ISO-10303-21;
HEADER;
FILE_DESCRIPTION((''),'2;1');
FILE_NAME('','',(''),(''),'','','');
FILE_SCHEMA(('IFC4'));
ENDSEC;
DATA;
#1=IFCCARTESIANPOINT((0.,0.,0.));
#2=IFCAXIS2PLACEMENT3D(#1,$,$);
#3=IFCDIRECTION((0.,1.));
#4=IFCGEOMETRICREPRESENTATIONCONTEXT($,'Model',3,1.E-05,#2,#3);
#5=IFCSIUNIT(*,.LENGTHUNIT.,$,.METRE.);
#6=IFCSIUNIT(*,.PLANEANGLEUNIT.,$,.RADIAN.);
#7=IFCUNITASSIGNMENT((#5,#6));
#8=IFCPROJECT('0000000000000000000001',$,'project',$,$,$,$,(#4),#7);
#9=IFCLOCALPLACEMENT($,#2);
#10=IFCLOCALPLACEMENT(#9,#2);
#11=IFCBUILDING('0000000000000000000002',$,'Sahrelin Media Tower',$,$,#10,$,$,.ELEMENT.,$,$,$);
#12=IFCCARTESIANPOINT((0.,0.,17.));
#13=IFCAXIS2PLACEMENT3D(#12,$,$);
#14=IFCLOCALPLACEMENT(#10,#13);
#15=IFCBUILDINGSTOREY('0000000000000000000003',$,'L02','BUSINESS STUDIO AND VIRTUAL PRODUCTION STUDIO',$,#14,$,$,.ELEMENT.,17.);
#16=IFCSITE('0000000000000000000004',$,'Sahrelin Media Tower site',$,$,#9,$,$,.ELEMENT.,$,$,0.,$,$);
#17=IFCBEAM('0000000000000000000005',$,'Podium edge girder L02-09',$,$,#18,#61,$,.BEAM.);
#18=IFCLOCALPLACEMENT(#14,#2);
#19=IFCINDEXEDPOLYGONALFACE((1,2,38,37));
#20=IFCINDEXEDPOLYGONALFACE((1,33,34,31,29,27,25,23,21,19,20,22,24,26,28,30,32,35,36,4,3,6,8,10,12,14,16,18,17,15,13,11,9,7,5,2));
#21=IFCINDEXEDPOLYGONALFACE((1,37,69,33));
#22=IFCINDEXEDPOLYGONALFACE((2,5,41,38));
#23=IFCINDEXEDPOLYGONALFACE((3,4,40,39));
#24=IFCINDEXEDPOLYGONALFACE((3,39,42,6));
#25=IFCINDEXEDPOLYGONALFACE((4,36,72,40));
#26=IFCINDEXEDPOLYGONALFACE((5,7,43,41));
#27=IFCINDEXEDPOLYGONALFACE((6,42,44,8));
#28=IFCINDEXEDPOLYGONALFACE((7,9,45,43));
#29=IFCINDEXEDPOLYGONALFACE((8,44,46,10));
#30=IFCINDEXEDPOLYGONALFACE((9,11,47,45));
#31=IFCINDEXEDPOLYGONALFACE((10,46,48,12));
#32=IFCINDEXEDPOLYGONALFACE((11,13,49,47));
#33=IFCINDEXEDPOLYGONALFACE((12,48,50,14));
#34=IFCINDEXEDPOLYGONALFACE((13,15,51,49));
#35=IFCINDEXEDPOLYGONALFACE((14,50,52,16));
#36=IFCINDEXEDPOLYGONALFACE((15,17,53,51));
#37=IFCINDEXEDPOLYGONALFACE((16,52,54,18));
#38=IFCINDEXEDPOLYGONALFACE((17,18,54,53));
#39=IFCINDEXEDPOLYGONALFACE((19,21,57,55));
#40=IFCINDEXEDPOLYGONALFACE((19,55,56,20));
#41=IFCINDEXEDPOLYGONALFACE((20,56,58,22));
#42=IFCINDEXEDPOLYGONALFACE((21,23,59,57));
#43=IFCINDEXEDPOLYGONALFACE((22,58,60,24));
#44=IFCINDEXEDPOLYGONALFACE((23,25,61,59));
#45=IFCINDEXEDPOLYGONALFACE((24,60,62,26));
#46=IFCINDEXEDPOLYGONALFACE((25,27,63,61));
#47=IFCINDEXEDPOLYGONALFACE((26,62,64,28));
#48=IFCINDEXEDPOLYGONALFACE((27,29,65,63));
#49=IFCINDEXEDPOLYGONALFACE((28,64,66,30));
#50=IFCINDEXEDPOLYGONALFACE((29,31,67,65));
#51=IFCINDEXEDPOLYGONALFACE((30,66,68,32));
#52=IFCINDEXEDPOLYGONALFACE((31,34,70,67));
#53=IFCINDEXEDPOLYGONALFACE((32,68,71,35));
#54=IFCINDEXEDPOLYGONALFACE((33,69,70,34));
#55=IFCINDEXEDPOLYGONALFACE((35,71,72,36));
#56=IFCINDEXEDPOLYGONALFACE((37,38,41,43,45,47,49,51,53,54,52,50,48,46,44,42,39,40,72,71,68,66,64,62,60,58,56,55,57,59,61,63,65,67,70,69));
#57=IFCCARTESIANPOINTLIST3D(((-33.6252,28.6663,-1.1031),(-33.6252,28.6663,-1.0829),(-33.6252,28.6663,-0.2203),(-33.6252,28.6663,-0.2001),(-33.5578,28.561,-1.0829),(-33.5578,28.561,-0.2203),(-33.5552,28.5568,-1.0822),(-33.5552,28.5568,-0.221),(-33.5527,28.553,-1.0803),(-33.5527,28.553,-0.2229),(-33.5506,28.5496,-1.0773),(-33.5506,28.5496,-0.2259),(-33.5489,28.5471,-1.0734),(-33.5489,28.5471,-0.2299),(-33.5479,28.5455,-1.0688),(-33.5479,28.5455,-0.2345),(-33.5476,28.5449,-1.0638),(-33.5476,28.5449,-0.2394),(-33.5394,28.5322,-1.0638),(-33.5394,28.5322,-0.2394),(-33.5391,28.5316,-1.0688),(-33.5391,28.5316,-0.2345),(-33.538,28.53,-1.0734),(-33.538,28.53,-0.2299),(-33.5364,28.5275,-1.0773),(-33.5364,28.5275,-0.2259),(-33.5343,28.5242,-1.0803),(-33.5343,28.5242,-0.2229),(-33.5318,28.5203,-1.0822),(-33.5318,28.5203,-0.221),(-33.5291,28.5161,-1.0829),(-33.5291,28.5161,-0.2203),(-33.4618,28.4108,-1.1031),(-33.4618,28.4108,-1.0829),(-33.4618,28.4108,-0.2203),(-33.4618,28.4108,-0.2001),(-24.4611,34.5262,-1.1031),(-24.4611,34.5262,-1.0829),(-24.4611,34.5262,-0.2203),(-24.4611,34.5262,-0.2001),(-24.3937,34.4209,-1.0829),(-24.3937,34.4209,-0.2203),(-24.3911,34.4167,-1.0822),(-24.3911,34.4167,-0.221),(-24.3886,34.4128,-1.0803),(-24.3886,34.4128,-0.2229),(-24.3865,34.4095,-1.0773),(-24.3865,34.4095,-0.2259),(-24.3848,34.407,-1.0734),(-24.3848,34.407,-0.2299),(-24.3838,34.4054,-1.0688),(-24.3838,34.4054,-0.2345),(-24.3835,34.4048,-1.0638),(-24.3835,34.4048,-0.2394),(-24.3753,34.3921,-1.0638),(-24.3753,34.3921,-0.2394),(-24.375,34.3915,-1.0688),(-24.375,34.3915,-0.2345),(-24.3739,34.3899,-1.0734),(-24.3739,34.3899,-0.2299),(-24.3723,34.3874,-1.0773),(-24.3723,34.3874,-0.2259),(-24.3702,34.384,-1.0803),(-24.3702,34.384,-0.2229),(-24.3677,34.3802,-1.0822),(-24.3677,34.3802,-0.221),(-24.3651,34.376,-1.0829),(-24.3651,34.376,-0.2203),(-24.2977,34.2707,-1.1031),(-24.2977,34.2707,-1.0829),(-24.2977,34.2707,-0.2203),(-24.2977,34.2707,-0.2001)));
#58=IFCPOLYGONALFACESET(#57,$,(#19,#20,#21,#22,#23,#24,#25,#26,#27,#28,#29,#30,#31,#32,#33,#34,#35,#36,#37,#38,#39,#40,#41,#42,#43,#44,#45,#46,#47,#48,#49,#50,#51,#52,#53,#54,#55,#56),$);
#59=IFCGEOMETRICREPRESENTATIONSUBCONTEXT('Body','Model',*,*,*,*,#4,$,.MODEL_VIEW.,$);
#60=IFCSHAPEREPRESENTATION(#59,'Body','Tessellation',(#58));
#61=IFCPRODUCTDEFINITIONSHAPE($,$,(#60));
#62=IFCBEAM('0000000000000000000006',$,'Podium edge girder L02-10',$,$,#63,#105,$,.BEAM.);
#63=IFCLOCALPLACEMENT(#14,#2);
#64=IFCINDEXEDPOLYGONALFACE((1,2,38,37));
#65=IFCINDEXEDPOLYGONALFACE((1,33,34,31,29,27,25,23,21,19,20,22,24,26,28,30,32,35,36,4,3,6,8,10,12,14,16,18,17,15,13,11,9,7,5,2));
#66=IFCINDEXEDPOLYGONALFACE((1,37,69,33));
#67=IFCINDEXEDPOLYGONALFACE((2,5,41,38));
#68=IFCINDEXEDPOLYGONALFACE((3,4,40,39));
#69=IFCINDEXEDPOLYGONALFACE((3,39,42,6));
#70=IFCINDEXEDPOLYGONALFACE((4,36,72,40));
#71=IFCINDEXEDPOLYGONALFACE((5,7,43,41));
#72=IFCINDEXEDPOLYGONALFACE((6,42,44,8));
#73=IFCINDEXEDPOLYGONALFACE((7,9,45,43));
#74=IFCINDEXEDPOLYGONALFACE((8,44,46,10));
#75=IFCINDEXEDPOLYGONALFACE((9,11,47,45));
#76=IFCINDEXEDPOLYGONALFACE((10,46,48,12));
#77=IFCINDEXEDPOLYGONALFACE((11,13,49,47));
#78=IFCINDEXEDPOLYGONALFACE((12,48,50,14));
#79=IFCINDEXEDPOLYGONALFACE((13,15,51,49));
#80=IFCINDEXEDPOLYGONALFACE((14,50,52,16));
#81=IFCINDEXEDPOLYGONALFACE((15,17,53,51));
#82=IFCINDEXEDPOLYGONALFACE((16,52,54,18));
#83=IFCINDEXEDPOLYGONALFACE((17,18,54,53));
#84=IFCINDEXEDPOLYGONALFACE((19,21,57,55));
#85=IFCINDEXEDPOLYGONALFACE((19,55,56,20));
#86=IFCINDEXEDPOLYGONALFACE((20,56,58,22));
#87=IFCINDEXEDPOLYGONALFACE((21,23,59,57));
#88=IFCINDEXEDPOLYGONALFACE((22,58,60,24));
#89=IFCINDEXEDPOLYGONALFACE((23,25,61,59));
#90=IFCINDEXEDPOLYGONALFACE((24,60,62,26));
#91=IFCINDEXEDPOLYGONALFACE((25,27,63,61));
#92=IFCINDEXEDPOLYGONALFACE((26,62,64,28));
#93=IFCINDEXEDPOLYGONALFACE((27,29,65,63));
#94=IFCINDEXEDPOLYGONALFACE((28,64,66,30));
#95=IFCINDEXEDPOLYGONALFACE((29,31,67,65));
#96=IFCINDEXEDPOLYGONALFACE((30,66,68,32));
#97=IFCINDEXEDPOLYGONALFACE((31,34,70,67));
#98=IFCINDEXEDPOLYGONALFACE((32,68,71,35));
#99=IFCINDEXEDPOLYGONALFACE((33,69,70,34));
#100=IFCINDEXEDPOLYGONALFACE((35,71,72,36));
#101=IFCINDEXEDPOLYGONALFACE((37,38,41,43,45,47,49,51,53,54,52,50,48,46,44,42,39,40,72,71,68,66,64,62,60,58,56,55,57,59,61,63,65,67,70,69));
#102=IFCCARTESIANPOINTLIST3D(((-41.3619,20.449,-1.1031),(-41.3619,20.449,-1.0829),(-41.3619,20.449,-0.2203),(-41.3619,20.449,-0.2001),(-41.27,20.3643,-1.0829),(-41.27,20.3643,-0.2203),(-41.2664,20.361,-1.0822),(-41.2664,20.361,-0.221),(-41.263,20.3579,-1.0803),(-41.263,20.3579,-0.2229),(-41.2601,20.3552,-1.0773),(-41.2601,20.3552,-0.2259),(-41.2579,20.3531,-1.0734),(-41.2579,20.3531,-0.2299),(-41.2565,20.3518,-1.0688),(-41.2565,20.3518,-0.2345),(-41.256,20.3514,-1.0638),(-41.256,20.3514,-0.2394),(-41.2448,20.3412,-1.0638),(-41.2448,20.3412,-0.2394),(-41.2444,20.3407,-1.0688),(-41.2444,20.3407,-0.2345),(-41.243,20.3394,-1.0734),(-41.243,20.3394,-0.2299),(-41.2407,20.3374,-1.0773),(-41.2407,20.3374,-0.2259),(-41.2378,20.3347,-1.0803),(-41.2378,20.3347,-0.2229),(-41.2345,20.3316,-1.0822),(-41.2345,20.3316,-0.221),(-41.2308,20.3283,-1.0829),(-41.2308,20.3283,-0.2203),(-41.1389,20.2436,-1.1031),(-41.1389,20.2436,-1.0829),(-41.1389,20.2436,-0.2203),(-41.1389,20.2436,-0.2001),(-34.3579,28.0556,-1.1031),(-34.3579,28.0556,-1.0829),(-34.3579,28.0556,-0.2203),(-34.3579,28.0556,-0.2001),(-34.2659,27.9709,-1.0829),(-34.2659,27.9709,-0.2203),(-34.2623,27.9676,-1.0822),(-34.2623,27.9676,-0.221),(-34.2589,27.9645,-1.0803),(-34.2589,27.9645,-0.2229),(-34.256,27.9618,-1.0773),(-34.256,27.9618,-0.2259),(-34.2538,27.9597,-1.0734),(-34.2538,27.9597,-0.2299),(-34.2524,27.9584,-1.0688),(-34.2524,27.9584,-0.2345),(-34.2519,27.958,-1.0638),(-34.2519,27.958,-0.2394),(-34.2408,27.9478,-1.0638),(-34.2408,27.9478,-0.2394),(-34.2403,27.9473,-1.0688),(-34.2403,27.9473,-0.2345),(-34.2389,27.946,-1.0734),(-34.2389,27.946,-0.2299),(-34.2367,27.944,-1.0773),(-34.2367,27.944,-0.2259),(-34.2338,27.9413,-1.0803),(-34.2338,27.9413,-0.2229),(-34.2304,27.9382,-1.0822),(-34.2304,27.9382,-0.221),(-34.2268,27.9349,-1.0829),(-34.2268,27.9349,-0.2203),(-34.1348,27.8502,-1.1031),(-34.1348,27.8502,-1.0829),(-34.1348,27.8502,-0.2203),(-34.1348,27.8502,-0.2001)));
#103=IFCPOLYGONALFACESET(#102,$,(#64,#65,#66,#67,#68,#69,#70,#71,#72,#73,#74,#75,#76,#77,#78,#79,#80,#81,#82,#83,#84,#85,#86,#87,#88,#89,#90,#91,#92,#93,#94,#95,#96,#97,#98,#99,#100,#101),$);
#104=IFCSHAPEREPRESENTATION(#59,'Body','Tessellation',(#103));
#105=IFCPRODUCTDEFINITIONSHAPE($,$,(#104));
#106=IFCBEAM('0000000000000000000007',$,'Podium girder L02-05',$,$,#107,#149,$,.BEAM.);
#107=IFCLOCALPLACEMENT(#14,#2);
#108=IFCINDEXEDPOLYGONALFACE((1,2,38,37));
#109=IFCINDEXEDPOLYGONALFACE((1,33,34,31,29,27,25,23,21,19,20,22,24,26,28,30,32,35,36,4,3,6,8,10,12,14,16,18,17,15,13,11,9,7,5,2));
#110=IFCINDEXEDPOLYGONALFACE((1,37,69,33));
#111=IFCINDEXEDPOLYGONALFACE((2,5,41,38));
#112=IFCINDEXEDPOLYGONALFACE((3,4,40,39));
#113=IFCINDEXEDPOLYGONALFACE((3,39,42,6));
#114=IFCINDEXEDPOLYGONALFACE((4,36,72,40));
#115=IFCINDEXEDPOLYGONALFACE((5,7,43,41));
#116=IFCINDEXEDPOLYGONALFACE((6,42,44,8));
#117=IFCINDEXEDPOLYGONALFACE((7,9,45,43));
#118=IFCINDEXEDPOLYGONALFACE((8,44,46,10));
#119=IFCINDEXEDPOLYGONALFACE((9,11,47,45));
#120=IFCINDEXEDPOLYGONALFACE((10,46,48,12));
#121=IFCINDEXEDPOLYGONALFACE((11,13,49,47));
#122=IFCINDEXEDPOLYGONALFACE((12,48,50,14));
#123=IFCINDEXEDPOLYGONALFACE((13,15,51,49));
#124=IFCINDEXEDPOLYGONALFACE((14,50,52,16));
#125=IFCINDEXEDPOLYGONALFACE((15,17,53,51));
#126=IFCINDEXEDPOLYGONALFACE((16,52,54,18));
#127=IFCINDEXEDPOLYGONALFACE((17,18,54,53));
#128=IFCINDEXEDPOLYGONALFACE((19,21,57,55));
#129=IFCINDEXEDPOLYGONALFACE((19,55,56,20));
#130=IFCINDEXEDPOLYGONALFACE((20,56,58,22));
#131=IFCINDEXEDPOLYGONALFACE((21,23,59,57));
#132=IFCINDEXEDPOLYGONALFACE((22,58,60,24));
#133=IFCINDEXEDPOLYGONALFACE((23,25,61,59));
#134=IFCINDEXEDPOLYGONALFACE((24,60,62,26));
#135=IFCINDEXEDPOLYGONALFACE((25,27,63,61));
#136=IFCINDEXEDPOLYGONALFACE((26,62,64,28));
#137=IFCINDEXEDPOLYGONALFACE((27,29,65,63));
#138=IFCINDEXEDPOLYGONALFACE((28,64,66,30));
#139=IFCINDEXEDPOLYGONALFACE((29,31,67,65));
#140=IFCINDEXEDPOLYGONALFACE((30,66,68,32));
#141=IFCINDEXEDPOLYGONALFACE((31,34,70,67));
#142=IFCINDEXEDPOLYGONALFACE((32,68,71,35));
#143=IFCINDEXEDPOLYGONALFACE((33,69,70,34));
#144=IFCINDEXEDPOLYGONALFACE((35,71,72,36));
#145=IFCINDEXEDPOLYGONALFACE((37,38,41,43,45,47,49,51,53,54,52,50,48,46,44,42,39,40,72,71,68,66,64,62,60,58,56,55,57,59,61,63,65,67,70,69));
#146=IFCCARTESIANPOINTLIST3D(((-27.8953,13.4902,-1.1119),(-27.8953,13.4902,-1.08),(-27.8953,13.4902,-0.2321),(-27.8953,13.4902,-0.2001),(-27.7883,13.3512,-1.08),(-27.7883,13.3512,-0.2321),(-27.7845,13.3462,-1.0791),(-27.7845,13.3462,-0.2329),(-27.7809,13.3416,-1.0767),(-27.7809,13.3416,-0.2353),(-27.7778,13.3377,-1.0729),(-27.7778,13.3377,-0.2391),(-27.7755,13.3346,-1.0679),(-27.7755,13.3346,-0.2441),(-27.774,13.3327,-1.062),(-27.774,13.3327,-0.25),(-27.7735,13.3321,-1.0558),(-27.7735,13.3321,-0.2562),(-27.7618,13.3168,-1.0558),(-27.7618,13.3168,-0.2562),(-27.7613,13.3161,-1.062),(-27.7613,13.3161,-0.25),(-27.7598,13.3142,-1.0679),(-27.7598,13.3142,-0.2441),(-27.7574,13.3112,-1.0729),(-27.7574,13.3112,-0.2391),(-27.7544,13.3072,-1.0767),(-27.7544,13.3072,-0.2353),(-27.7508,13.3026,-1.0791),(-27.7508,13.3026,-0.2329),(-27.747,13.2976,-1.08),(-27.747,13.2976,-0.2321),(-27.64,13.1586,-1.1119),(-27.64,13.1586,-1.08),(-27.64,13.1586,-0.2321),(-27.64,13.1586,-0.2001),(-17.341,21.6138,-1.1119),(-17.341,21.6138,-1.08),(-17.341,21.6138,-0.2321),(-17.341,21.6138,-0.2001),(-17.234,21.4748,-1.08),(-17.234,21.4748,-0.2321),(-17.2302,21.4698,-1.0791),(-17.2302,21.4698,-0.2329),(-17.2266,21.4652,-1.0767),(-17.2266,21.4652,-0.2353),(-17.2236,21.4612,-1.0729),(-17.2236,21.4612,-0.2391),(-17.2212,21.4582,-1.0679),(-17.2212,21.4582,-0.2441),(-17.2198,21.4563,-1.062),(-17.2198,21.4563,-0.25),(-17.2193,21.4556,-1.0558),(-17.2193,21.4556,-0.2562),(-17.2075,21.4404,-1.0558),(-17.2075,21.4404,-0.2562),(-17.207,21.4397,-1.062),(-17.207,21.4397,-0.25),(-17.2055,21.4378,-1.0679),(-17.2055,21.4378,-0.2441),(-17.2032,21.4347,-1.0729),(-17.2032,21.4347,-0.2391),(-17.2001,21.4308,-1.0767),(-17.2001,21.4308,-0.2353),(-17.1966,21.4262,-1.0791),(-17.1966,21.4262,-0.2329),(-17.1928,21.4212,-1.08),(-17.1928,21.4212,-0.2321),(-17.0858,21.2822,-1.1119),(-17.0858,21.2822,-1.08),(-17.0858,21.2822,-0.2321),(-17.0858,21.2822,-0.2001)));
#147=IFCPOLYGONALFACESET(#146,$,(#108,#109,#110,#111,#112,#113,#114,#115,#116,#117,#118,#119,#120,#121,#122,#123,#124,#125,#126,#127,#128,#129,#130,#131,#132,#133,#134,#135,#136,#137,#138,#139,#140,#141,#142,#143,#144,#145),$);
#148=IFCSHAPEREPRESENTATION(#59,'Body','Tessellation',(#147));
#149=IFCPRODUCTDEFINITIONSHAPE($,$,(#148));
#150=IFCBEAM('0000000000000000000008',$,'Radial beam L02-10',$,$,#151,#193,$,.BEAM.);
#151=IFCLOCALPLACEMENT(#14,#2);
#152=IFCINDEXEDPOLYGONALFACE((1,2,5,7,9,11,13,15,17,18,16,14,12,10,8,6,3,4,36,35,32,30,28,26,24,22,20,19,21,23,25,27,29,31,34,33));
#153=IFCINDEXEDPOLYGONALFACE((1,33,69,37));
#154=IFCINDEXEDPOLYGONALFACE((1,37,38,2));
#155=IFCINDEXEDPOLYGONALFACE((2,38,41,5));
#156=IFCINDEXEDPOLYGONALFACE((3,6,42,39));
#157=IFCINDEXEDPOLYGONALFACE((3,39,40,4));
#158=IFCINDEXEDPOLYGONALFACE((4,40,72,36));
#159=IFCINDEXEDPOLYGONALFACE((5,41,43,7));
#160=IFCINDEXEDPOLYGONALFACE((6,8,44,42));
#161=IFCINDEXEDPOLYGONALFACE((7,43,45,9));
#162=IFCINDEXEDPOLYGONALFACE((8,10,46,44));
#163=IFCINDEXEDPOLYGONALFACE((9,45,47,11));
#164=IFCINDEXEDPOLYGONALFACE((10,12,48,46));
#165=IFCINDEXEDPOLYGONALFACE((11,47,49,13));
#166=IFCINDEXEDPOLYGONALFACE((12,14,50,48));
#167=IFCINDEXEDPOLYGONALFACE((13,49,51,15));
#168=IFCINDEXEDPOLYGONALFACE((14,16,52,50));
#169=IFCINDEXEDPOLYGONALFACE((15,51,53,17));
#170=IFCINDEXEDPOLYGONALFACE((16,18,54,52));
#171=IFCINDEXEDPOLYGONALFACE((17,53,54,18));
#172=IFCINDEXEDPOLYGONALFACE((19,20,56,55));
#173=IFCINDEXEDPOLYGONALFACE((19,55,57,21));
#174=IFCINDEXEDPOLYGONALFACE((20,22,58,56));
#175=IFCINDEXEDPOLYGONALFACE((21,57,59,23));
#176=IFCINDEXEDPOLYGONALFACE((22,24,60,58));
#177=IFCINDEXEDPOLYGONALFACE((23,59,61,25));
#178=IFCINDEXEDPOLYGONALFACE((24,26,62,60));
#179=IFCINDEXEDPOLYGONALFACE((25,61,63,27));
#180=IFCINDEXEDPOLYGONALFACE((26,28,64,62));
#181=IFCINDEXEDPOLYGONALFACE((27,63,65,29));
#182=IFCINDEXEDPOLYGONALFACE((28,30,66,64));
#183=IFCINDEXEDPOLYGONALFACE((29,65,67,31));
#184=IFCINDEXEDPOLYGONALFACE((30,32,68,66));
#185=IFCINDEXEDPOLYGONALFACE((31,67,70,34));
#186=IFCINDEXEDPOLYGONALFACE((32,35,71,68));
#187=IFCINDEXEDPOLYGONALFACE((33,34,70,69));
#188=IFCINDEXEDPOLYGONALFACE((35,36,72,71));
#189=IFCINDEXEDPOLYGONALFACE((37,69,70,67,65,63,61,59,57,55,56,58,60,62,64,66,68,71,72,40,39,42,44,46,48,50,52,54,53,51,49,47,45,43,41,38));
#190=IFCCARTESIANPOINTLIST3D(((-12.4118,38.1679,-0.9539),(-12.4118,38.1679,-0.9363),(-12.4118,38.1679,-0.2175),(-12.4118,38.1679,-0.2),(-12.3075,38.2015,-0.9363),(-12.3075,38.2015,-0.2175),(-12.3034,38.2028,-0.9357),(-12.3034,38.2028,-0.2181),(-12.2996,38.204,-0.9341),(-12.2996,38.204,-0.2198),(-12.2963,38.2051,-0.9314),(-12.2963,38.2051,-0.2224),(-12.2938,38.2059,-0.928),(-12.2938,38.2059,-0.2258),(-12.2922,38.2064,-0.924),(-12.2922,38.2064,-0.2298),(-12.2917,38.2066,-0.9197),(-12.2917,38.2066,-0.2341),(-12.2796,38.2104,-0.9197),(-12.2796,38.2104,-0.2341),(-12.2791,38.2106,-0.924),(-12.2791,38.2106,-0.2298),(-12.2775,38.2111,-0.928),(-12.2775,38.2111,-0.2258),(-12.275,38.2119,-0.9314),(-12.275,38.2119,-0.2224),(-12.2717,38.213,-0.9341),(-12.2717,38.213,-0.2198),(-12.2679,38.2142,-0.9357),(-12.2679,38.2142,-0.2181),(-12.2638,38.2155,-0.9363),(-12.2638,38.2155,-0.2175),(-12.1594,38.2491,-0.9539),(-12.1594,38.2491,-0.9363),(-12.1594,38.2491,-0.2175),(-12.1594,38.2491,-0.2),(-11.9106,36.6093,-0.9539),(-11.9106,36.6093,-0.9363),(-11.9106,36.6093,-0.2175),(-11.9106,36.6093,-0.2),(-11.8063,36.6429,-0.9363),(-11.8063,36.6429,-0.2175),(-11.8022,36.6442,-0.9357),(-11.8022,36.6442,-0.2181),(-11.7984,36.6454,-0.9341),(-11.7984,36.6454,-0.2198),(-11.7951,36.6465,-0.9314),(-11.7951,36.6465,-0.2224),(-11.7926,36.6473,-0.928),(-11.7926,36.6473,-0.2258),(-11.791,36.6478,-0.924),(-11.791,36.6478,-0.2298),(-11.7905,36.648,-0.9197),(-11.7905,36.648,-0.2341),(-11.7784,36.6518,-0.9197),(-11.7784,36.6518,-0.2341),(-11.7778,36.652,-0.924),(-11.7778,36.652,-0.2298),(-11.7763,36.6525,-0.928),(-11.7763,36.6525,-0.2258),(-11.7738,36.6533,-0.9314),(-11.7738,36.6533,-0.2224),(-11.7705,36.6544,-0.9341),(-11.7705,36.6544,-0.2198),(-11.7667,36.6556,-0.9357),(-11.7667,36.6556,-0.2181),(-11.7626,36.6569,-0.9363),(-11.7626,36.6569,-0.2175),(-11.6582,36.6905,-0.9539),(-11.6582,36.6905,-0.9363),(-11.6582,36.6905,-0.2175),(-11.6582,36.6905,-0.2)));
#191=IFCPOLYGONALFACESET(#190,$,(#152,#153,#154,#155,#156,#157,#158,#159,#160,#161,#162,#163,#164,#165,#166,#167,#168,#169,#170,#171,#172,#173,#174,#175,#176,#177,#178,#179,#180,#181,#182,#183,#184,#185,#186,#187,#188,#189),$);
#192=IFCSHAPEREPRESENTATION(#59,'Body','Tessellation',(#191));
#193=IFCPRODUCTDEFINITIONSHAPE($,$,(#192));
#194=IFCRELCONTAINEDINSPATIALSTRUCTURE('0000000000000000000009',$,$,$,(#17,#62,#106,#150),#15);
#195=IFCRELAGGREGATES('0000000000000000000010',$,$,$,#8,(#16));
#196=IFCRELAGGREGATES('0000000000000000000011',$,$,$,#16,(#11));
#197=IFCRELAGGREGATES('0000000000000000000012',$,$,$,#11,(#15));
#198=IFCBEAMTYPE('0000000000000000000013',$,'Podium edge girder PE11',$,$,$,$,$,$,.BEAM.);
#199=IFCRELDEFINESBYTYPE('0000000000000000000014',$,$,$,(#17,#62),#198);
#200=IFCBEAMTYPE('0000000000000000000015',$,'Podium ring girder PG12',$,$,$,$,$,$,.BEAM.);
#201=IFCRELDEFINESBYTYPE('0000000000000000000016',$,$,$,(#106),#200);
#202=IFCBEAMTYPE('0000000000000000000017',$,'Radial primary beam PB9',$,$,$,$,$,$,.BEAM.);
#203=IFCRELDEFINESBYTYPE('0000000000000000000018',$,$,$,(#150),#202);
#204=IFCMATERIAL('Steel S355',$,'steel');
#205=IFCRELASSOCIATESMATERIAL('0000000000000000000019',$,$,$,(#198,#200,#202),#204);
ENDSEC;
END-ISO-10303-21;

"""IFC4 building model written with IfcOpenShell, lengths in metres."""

from ifc_helpers import new_model, si_unit, direction, frame, origin, origin_2d, place, context, subcontext, project, spatial, i_section, extrude, material, material_profile, profile_set, type_object, element, save


model = new_model("IFC4")

# Units and contexts
model_context = context("Model", 3, precision=1e-05, world=origin(), true_north=direction((0.0, 1.0)))
body_context = subcontext(model_context, "Body", "Model", "MODEL_VIEW")
ifc_project = project(units=[si_unit("LENGTHUNIT", "METRE"), si_unit("PLANEANGLEUNIT", "RADIAN")], contexts=[model_context])

# Site, building, storey
site_placement = place(None, origin())
site = spatial("IfcSite", under=ifc_project, at=site_placement, Name="Sahrelin Media Tower site", CompositionType="ELEMENT", RefElevation=0.0)
building_placement = place(site_placement, origin())
building = spatial("IfcBuilding", under=site, at=building_placement, Name="Sahrelin Media Tower", CompositionType="ELEMENT")
storey_placement = place(building_placement, frame((0.0, 0.0, 17.0)))
storey = spatial("IfcBuildingStorey", under=building, at=storey_placement, Name="L02", Description="BUSINESS STUDIO AND VIRTUAL PRODUCTION STUDIO", CompositionType="ELEMENT", Elevation=17.0)

# Beams
ifc_material_1 = material(Name="Steel S355", Category="steel")
ifc_material_profile_1 = material_profile(ifc_material_1, i_section(OverallWidth=0.3032, OverallDepth=0.9031, WebThickness=0.0151, FlangeThickness=0.0203, FilletRadius=0.019, at=origin_2d()), Name="UB 914x305x201")
ifc_profile_set_1 = profile_set([ifc_material_profile_1], Name="Steel S355")
beam_type_1 = type_object("IfcBeamType", Name="Podium edge girder PE11", PredefinedType="BEAM", material=ifc_profile_set_1)
beam_1_placement = place(storey_placement, frame((-24.3794, 34.3984, -0.6516), z_axis=(-0.842486, -0.538719, 0.0), x_axis=(0.538719, -0.842486, 0.0)))
element("IfcBeam", 1, at=beam_1_placement, inside=storey, type_object=beam_type_1, Name="Podium edge girder L02-09", PredefinedType="BEAM", context=body_context, shape_type="SweptSolid", body=[
    extrude(i_section(OverallWidth=0.3032, OverallDepth=0.9031, WebThickness=0.0151, FlangeThickness=0.0203, FilletRadius=0.019, at=origin_2d()), origin(), (0.0, 0.0, 1.0), 10.8774),
])
beam_2_placement = place(storey_placement, frame((-34.2463, 27.9529, -0.6516), z_axis=(-0.677371, -0.735642, 0.0), x_axis=(0.735642, -0.677371, 0.0)))
element("IfcBeam", 2, at=beam_2_placement, inside=storey, type_object=beam_type_1, Name="Podium edge girder L02-10", PredefinedType="BEAM", context=body_context, shape_type="SweptSolid", body=[
    extrude(i_section(OverallWidth=0.3032, OverallDepth=0.9031, WebThickness=0.0151, FlangeThickness=0.0203, FilletRadius=0.019, at=origin_2d()), origin(), (0.0, 0.0, 1.0), 10.3401),
])
ifc_material_profile_2 = material_profile(ifc_material_1, i_section(OverallWidth=0.4185, OverallDepth=0.9119, WebThickness=0.0193, FlangeThickness=0.032, FilletRadius=0.0242, at=origin_2d()), Name="UB 914x419x343")
ifc_profile_set_2 = profile_set([ifc_material_profile_2], Name="Steel S355")
beam_type_2 = type_object("IfcBeamType", Name="Podium ring girder PG12", PredefinedType="BEAM", material=ifc_profile_set_2)
beam_3_placement = place(storey_placement, frame((-17.2134, 21.448, -0.656), z_axis=(-0.792445, -0.609943, 0.0), x_axis=(0.609943, -0.792445, 0.0)))
element("IfcBeam", 3, at=beam_3_placement, inside=storey, type_object=beam_type_2, Name="Podium girder L02-05", PredefinedType="BEAM", context=body_context, shape_type="SweptSolid", body=[
    extrude(i_section(OverallWidth=0.4185, OverallDepth=0.9119, WebThickness=0.0193, FlangeThickness=0.032, FilletRadius=0.0242, at=origin_2d()), origin(), (0.0, 0.0, 1.0), 13.3186),
])
ifc_material_profile_3 = material_profile(ifc_material_1, i_section(OverallWidth=0.2651, OverallDepth=0.7539, WebThickness=0.0127, FlangeThickness=0.0176, FilletRadius=0.0166, at=origin_2d()), Name="UB 762x267x147")
ifc_profile_set_3 = profile_set([ifc_material_profile_3], Name="Steel S355")
beam_type_3 = type_object("IfcBeamType", Name="Radial primary beam PB9", PredefinedType="BEAM", material=ifc_profile_set_3)
beam_4_placement = place(storey_placement, frame((-11.7844, 36.6499, -0.5769), z_axis=(-0.306144, 0.951985, 0.0), x_axis=(-0.951985, -0.306144, 0.0)))
element("IfcBeam", 4, at=beam_4_placement, inside=storey, type_object=beam_type_3, Name="Radial beam L02-10", PredefinedType="BEAM", context=body_context, shape_type="SweptSolid", body=[
    extrude(i_section(OverallWidth=0.2651, OverallDepth=0.7539, WebThickness=0.0127, FlangeThickness=0.0176, FilletRadius=0.0166, at=origin_2d()), origin(), (0.0, 0.0, 1.0), 1.6372),
])

save(model, "model.ifc")
